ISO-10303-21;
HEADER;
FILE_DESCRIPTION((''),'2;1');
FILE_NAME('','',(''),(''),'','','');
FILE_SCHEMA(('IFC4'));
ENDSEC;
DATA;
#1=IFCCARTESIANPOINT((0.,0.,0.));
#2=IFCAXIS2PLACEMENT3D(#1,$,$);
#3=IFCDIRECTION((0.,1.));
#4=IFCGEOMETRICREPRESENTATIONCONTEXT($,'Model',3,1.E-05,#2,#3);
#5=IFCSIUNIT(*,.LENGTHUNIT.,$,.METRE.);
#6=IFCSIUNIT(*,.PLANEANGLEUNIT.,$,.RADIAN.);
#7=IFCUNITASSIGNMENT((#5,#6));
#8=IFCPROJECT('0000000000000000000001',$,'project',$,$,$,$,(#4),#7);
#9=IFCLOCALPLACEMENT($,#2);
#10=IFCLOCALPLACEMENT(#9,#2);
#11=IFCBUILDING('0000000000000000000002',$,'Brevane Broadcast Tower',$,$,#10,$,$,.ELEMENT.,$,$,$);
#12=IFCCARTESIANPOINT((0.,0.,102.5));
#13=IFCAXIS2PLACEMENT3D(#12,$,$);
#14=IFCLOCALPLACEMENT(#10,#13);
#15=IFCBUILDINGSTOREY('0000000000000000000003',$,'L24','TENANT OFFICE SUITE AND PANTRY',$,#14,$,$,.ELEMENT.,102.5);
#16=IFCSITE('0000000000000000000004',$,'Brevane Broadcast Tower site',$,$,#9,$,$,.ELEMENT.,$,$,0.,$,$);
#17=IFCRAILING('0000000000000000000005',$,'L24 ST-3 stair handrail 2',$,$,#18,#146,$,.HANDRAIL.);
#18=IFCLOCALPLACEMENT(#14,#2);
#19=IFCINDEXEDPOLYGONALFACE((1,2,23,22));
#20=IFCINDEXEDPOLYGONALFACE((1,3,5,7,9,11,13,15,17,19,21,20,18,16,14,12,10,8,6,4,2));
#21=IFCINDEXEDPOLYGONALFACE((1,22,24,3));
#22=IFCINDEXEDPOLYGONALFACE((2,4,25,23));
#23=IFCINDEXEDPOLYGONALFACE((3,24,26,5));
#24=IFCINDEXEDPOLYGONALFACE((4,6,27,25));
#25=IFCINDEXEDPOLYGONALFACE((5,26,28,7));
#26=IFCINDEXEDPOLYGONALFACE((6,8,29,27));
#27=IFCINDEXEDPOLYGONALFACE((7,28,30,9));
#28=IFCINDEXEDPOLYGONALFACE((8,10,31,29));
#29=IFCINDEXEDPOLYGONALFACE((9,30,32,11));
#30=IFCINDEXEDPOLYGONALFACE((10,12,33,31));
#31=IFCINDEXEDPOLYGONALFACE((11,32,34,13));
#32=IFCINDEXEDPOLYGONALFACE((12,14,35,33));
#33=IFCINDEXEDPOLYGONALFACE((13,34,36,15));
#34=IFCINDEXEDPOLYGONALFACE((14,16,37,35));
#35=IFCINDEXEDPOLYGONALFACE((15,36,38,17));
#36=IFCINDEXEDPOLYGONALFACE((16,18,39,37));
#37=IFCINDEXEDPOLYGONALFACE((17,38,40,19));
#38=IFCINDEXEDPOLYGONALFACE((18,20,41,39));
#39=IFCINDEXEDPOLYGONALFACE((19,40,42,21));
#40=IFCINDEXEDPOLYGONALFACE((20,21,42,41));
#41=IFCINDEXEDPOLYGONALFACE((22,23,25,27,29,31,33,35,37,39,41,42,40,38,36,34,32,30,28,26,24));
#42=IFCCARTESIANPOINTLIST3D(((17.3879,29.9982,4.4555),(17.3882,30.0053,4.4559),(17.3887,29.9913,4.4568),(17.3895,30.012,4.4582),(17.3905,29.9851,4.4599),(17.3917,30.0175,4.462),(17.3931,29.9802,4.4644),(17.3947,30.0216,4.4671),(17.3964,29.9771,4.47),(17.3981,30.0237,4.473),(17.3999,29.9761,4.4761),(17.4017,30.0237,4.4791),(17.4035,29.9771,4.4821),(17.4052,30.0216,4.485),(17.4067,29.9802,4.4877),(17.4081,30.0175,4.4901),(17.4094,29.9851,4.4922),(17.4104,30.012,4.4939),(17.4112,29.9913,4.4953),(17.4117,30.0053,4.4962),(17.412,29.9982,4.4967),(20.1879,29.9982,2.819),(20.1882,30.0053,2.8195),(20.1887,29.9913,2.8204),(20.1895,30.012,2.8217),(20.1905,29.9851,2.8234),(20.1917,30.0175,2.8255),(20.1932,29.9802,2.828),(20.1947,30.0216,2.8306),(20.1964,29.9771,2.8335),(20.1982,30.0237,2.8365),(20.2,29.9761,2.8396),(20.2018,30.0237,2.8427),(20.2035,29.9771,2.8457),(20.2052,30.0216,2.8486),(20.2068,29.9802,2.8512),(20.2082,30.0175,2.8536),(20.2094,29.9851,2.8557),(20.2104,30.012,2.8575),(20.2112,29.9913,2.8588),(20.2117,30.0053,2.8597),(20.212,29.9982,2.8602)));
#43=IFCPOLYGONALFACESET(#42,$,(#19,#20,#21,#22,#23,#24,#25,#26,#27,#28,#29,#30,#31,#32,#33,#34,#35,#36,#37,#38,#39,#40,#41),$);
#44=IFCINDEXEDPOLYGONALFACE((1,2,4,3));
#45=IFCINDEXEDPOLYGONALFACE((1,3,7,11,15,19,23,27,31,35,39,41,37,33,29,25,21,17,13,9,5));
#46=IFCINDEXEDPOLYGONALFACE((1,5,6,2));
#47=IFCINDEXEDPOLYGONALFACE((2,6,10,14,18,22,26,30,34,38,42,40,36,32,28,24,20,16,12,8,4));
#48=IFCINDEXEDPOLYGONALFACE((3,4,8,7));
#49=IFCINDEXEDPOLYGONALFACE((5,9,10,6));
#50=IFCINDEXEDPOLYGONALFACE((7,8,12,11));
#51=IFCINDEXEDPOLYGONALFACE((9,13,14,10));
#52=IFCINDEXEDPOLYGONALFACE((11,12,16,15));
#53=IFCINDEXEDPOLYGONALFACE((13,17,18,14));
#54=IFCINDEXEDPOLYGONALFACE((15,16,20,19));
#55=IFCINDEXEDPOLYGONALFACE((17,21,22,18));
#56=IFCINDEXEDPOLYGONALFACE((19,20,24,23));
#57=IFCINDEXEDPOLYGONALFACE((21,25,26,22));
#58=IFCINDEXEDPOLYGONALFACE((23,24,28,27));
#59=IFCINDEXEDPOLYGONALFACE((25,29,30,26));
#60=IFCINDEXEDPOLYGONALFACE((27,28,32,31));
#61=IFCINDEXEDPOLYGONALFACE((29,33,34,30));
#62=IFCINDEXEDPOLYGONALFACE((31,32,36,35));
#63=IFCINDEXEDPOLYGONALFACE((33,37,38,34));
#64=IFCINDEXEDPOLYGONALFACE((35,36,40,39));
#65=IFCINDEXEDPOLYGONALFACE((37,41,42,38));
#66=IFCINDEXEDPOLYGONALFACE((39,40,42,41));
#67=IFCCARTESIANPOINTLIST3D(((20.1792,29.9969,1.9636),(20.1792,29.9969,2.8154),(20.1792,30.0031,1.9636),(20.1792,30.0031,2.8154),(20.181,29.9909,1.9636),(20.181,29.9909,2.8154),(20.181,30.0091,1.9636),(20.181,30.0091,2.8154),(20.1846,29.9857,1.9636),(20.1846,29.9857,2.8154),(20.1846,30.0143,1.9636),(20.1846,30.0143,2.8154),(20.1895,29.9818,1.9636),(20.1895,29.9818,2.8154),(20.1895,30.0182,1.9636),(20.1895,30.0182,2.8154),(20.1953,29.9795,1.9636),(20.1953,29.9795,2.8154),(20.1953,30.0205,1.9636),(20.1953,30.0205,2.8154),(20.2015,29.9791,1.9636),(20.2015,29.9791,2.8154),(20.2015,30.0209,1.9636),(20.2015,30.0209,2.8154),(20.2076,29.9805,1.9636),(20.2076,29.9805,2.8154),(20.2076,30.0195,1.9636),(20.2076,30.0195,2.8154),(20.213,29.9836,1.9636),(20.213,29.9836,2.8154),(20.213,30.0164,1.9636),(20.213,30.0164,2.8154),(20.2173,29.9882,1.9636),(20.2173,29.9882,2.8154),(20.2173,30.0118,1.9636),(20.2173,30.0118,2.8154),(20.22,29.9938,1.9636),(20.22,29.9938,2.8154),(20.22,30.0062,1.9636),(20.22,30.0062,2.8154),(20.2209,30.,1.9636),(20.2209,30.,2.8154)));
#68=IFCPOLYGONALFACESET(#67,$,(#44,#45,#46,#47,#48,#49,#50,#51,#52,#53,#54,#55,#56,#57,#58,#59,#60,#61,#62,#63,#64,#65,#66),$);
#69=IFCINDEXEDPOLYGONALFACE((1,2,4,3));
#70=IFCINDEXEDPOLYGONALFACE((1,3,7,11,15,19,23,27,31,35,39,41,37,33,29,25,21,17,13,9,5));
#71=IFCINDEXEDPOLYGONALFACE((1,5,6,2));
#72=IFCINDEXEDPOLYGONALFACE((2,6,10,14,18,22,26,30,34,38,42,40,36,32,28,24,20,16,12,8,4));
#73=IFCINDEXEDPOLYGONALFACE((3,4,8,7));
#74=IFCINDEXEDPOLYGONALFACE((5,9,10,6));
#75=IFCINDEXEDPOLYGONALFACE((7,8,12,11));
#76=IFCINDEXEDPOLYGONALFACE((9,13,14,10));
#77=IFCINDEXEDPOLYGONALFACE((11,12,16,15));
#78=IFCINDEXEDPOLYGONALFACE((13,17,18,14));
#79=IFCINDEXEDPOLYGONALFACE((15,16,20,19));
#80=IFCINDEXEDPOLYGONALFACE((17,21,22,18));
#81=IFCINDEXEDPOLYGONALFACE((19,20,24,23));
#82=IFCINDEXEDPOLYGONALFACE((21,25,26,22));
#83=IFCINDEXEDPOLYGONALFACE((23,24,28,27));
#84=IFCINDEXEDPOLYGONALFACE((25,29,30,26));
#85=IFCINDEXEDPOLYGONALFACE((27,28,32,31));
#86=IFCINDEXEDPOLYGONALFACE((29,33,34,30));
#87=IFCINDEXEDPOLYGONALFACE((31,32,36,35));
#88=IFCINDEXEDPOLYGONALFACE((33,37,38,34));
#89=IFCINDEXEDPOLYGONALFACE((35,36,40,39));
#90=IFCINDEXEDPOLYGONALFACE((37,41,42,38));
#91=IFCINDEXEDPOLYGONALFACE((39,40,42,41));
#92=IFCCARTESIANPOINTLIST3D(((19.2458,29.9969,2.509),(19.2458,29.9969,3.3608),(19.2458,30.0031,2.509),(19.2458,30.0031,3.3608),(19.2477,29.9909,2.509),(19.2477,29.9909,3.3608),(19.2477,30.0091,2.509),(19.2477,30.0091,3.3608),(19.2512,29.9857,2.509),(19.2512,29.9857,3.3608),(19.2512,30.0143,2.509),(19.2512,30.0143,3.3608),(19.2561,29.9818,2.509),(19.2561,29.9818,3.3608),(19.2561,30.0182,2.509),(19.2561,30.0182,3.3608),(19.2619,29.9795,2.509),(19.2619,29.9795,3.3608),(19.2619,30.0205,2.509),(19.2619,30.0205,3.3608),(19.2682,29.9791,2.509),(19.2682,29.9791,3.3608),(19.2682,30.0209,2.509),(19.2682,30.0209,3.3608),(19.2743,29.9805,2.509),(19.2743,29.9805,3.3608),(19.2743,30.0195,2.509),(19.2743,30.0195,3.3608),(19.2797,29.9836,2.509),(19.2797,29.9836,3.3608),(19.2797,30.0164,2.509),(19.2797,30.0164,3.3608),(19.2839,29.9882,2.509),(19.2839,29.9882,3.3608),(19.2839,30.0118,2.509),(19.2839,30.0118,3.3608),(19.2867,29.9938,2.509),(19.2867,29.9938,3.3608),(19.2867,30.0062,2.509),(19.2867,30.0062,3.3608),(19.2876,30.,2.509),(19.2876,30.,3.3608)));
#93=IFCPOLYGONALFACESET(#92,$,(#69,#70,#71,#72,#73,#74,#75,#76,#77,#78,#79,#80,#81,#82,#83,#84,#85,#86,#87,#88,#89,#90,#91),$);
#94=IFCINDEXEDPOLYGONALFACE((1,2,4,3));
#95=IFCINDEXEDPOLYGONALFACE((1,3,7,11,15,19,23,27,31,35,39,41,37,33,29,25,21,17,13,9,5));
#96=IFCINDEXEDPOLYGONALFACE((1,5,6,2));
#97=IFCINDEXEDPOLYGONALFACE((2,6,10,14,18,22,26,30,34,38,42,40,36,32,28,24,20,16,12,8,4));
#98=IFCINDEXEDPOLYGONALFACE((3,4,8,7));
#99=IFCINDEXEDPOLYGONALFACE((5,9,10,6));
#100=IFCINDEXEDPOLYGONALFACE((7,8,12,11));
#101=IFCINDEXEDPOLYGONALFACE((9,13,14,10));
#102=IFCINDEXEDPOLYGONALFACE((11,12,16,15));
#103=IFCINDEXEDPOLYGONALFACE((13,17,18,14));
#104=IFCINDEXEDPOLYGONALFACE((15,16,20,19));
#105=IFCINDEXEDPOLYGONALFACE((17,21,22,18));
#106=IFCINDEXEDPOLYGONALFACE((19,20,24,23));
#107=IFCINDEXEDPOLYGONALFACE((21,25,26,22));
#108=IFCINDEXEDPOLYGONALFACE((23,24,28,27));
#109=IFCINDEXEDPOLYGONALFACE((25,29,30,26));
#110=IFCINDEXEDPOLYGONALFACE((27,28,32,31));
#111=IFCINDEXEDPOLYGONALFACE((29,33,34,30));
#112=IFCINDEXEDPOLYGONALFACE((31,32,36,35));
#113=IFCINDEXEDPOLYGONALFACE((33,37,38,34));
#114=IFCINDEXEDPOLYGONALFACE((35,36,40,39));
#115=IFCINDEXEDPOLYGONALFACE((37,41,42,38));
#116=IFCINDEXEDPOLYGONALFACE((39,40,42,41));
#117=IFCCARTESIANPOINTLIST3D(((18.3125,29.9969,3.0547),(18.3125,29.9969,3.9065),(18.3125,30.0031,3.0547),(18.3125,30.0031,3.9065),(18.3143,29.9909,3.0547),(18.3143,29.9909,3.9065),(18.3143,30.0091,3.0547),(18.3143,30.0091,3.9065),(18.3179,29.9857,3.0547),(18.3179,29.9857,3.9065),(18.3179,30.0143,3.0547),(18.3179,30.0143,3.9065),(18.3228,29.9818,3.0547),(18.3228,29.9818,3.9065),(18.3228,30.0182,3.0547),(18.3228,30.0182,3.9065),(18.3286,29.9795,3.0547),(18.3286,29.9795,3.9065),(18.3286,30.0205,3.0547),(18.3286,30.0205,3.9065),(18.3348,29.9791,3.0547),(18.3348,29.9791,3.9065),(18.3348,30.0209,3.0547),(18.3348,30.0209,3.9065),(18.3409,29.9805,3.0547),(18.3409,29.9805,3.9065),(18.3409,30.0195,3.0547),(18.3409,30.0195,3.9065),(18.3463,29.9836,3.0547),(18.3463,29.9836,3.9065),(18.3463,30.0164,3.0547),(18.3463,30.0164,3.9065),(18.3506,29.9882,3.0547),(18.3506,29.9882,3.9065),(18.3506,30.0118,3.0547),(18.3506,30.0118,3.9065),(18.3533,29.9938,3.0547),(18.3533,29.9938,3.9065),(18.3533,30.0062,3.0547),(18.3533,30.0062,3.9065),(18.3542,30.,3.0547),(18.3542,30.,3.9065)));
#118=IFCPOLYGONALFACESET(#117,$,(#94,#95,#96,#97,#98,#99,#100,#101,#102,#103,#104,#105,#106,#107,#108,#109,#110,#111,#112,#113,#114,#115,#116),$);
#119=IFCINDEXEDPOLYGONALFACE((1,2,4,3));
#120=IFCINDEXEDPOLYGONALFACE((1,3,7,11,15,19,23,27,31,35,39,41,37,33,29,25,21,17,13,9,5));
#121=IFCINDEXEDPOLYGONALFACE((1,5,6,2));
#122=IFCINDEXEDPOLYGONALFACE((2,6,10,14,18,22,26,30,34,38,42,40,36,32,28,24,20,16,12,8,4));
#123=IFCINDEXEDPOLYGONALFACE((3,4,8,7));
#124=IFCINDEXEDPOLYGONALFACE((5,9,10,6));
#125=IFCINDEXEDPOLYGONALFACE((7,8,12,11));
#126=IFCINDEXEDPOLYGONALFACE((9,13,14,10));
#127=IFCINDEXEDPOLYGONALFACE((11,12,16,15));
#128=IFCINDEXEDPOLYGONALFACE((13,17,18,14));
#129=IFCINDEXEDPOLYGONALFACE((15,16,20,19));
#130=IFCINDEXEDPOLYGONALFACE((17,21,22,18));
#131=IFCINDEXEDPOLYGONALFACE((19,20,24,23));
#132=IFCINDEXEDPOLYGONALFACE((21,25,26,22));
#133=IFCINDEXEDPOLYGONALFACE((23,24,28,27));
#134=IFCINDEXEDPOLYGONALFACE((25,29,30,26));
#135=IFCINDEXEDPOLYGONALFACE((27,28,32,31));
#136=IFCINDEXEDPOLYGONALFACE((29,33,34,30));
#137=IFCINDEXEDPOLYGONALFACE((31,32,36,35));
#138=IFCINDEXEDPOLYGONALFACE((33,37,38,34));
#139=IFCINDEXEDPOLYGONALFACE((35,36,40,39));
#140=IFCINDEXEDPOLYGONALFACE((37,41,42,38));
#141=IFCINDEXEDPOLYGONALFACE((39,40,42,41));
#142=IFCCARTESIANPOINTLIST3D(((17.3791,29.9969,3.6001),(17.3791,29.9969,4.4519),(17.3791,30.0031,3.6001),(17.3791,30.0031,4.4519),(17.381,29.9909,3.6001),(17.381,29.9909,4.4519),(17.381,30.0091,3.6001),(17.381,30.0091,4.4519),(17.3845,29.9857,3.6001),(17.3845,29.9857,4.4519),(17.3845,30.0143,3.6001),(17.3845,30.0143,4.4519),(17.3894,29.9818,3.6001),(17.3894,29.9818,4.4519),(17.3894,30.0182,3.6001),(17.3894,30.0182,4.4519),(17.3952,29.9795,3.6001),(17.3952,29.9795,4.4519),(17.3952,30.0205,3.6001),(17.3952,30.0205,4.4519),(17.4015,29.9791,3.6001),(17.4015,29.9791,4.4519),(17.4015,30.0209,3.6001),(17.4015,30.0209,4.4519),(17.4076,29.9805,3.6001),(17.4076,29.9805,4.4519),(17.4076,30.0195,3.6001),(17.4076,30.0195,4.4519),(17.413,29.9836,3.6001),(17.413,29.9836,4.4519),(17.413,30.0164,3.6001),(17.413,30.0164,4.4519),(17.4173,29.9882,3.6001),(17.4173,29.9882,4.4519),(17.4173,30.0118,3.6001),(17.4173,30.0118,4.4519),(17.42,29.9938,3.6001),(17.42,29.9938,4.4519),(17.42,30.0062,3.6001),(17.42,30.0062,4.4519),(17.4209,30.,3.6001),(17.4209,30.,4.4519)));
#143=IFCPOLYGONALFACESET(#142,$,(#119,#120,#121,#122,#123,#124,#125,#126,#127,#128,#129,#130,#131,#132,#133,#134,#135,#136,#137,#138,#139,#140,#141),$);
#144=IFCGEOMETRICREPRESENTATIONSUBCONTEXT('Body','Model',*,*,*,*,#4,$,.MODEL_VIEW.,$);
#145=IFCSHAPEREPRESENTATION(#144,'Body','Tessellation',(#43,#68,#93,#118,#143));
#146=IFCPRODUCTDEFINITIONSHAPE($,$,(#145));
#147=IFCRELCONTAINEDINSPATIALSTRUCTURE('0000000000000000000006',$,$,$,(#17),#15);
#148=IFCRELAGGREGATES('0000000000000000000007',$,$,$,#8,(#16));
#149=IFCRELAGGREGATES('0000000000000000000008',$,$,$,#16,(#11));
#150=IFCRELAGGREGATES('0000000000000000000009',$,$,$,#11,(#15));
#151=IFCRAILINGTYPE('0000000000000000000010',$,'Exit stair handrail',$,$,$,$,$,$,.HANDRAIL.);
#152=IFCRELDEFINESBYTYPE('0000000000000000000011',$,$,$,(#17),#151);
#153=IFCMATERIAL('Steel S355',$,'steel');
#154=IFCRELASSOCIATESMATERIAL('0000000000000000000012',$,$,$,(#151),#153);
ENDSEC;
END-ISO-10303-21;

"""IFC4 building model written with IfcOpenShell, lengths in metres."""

from ifc_helpers import new_model, si_unit, direction, frame, origin, origin_2d, place, context, subcontext, project, spatial, circle, extrude, material, type_object, element, save


model = new_model("IFC4")

# Units and contexts
model_context = context("Model", 3, precision=1e-05, world=origin(), true_north=direction((0.0, 1.0)))
body_context = subcontext(model_context, "Body", "Model", "MODEL_VIEW")
ifc_project = project(units=[si_unit("LENGTHUNIT", "METRE"), si_unit("PLANEANGLEUNIT", "RADIAN")], contexts=[model_context])

# Site, building, storey
site_placement = place(None, origin())
site = spatial("IfcSite", under=ifc_project, at=site_placement, Name="Brevane Broadcast Tower site", CompositionType="ELEMENT", RefElevation=0.0)
building_placement = place(site_placement, origin())
building = spatial("IfcBuilding", under=site, at=building_placement, Name="Brevane Broadcast Tower", CompositionType="ELEMENT")
storey_placement = place(building_placement, frame((0.0, 0.0, 102.5)))
storey = spatial("IfcBuildingStorey", under=building, at=storey_placement, Name="L24", Description="TENANT OFFICE SUITE AND PANTRY", CompositionType="ELEMENT", Elevation=102.5)

# Railing
ifc_material_1 = material(Name="Steel S355", Category="steel")
railing_type_1 = type_object("IfcRailingType", Name="Exit stair handrail", PredefinedType="HANDRAIL", material=ifc_material_1)
railing_1_placement = place(storey_placement, frame((20.2, 30.0, 1.9636)))
element("IfcRailing", 1, at=railing_1_placement, inside=storey, type_object=railing_type_1, Name="L24 ST-3 stair handrail 2", PredefinedType="HANDRAIL", context=body_context, shape_type="SweptSolid", body=[
    extrude(circle(Radius=0.0239, at=origin_2d()), frame((0.0, 0.0, 0.876), z_axis=(-0.863361, 0.0, 0.504587), x_axis=(0.0, -1.0, 0.0)), (0.0, 0.0, 1.0), 3.2432),
    extrude(circle(Radius=0.021, at=origin_2d()), origin(), (0.0, 0.0, 1.0), 0.8518),
    extrude(circle(Radius=0.021, at=origin_2d()), frame((-0.9333, 0.0, 0.5454)), (0.0, 0.0, 1.0), 0.8518),
    extrude(circle(Radius=0.021, at=origin_2d()), frame((-1.8667, 0.0, 1.0911)), (0.0, 0.0, 1.0), 0.8518),
    extrude(circle(Radius=0.021, at=origin_2d()), frame((-2.8, 0.0, 1.6365)), (0.0, 0.0, 1.0), 0.8518),
])

save(model, "model.ifc")
